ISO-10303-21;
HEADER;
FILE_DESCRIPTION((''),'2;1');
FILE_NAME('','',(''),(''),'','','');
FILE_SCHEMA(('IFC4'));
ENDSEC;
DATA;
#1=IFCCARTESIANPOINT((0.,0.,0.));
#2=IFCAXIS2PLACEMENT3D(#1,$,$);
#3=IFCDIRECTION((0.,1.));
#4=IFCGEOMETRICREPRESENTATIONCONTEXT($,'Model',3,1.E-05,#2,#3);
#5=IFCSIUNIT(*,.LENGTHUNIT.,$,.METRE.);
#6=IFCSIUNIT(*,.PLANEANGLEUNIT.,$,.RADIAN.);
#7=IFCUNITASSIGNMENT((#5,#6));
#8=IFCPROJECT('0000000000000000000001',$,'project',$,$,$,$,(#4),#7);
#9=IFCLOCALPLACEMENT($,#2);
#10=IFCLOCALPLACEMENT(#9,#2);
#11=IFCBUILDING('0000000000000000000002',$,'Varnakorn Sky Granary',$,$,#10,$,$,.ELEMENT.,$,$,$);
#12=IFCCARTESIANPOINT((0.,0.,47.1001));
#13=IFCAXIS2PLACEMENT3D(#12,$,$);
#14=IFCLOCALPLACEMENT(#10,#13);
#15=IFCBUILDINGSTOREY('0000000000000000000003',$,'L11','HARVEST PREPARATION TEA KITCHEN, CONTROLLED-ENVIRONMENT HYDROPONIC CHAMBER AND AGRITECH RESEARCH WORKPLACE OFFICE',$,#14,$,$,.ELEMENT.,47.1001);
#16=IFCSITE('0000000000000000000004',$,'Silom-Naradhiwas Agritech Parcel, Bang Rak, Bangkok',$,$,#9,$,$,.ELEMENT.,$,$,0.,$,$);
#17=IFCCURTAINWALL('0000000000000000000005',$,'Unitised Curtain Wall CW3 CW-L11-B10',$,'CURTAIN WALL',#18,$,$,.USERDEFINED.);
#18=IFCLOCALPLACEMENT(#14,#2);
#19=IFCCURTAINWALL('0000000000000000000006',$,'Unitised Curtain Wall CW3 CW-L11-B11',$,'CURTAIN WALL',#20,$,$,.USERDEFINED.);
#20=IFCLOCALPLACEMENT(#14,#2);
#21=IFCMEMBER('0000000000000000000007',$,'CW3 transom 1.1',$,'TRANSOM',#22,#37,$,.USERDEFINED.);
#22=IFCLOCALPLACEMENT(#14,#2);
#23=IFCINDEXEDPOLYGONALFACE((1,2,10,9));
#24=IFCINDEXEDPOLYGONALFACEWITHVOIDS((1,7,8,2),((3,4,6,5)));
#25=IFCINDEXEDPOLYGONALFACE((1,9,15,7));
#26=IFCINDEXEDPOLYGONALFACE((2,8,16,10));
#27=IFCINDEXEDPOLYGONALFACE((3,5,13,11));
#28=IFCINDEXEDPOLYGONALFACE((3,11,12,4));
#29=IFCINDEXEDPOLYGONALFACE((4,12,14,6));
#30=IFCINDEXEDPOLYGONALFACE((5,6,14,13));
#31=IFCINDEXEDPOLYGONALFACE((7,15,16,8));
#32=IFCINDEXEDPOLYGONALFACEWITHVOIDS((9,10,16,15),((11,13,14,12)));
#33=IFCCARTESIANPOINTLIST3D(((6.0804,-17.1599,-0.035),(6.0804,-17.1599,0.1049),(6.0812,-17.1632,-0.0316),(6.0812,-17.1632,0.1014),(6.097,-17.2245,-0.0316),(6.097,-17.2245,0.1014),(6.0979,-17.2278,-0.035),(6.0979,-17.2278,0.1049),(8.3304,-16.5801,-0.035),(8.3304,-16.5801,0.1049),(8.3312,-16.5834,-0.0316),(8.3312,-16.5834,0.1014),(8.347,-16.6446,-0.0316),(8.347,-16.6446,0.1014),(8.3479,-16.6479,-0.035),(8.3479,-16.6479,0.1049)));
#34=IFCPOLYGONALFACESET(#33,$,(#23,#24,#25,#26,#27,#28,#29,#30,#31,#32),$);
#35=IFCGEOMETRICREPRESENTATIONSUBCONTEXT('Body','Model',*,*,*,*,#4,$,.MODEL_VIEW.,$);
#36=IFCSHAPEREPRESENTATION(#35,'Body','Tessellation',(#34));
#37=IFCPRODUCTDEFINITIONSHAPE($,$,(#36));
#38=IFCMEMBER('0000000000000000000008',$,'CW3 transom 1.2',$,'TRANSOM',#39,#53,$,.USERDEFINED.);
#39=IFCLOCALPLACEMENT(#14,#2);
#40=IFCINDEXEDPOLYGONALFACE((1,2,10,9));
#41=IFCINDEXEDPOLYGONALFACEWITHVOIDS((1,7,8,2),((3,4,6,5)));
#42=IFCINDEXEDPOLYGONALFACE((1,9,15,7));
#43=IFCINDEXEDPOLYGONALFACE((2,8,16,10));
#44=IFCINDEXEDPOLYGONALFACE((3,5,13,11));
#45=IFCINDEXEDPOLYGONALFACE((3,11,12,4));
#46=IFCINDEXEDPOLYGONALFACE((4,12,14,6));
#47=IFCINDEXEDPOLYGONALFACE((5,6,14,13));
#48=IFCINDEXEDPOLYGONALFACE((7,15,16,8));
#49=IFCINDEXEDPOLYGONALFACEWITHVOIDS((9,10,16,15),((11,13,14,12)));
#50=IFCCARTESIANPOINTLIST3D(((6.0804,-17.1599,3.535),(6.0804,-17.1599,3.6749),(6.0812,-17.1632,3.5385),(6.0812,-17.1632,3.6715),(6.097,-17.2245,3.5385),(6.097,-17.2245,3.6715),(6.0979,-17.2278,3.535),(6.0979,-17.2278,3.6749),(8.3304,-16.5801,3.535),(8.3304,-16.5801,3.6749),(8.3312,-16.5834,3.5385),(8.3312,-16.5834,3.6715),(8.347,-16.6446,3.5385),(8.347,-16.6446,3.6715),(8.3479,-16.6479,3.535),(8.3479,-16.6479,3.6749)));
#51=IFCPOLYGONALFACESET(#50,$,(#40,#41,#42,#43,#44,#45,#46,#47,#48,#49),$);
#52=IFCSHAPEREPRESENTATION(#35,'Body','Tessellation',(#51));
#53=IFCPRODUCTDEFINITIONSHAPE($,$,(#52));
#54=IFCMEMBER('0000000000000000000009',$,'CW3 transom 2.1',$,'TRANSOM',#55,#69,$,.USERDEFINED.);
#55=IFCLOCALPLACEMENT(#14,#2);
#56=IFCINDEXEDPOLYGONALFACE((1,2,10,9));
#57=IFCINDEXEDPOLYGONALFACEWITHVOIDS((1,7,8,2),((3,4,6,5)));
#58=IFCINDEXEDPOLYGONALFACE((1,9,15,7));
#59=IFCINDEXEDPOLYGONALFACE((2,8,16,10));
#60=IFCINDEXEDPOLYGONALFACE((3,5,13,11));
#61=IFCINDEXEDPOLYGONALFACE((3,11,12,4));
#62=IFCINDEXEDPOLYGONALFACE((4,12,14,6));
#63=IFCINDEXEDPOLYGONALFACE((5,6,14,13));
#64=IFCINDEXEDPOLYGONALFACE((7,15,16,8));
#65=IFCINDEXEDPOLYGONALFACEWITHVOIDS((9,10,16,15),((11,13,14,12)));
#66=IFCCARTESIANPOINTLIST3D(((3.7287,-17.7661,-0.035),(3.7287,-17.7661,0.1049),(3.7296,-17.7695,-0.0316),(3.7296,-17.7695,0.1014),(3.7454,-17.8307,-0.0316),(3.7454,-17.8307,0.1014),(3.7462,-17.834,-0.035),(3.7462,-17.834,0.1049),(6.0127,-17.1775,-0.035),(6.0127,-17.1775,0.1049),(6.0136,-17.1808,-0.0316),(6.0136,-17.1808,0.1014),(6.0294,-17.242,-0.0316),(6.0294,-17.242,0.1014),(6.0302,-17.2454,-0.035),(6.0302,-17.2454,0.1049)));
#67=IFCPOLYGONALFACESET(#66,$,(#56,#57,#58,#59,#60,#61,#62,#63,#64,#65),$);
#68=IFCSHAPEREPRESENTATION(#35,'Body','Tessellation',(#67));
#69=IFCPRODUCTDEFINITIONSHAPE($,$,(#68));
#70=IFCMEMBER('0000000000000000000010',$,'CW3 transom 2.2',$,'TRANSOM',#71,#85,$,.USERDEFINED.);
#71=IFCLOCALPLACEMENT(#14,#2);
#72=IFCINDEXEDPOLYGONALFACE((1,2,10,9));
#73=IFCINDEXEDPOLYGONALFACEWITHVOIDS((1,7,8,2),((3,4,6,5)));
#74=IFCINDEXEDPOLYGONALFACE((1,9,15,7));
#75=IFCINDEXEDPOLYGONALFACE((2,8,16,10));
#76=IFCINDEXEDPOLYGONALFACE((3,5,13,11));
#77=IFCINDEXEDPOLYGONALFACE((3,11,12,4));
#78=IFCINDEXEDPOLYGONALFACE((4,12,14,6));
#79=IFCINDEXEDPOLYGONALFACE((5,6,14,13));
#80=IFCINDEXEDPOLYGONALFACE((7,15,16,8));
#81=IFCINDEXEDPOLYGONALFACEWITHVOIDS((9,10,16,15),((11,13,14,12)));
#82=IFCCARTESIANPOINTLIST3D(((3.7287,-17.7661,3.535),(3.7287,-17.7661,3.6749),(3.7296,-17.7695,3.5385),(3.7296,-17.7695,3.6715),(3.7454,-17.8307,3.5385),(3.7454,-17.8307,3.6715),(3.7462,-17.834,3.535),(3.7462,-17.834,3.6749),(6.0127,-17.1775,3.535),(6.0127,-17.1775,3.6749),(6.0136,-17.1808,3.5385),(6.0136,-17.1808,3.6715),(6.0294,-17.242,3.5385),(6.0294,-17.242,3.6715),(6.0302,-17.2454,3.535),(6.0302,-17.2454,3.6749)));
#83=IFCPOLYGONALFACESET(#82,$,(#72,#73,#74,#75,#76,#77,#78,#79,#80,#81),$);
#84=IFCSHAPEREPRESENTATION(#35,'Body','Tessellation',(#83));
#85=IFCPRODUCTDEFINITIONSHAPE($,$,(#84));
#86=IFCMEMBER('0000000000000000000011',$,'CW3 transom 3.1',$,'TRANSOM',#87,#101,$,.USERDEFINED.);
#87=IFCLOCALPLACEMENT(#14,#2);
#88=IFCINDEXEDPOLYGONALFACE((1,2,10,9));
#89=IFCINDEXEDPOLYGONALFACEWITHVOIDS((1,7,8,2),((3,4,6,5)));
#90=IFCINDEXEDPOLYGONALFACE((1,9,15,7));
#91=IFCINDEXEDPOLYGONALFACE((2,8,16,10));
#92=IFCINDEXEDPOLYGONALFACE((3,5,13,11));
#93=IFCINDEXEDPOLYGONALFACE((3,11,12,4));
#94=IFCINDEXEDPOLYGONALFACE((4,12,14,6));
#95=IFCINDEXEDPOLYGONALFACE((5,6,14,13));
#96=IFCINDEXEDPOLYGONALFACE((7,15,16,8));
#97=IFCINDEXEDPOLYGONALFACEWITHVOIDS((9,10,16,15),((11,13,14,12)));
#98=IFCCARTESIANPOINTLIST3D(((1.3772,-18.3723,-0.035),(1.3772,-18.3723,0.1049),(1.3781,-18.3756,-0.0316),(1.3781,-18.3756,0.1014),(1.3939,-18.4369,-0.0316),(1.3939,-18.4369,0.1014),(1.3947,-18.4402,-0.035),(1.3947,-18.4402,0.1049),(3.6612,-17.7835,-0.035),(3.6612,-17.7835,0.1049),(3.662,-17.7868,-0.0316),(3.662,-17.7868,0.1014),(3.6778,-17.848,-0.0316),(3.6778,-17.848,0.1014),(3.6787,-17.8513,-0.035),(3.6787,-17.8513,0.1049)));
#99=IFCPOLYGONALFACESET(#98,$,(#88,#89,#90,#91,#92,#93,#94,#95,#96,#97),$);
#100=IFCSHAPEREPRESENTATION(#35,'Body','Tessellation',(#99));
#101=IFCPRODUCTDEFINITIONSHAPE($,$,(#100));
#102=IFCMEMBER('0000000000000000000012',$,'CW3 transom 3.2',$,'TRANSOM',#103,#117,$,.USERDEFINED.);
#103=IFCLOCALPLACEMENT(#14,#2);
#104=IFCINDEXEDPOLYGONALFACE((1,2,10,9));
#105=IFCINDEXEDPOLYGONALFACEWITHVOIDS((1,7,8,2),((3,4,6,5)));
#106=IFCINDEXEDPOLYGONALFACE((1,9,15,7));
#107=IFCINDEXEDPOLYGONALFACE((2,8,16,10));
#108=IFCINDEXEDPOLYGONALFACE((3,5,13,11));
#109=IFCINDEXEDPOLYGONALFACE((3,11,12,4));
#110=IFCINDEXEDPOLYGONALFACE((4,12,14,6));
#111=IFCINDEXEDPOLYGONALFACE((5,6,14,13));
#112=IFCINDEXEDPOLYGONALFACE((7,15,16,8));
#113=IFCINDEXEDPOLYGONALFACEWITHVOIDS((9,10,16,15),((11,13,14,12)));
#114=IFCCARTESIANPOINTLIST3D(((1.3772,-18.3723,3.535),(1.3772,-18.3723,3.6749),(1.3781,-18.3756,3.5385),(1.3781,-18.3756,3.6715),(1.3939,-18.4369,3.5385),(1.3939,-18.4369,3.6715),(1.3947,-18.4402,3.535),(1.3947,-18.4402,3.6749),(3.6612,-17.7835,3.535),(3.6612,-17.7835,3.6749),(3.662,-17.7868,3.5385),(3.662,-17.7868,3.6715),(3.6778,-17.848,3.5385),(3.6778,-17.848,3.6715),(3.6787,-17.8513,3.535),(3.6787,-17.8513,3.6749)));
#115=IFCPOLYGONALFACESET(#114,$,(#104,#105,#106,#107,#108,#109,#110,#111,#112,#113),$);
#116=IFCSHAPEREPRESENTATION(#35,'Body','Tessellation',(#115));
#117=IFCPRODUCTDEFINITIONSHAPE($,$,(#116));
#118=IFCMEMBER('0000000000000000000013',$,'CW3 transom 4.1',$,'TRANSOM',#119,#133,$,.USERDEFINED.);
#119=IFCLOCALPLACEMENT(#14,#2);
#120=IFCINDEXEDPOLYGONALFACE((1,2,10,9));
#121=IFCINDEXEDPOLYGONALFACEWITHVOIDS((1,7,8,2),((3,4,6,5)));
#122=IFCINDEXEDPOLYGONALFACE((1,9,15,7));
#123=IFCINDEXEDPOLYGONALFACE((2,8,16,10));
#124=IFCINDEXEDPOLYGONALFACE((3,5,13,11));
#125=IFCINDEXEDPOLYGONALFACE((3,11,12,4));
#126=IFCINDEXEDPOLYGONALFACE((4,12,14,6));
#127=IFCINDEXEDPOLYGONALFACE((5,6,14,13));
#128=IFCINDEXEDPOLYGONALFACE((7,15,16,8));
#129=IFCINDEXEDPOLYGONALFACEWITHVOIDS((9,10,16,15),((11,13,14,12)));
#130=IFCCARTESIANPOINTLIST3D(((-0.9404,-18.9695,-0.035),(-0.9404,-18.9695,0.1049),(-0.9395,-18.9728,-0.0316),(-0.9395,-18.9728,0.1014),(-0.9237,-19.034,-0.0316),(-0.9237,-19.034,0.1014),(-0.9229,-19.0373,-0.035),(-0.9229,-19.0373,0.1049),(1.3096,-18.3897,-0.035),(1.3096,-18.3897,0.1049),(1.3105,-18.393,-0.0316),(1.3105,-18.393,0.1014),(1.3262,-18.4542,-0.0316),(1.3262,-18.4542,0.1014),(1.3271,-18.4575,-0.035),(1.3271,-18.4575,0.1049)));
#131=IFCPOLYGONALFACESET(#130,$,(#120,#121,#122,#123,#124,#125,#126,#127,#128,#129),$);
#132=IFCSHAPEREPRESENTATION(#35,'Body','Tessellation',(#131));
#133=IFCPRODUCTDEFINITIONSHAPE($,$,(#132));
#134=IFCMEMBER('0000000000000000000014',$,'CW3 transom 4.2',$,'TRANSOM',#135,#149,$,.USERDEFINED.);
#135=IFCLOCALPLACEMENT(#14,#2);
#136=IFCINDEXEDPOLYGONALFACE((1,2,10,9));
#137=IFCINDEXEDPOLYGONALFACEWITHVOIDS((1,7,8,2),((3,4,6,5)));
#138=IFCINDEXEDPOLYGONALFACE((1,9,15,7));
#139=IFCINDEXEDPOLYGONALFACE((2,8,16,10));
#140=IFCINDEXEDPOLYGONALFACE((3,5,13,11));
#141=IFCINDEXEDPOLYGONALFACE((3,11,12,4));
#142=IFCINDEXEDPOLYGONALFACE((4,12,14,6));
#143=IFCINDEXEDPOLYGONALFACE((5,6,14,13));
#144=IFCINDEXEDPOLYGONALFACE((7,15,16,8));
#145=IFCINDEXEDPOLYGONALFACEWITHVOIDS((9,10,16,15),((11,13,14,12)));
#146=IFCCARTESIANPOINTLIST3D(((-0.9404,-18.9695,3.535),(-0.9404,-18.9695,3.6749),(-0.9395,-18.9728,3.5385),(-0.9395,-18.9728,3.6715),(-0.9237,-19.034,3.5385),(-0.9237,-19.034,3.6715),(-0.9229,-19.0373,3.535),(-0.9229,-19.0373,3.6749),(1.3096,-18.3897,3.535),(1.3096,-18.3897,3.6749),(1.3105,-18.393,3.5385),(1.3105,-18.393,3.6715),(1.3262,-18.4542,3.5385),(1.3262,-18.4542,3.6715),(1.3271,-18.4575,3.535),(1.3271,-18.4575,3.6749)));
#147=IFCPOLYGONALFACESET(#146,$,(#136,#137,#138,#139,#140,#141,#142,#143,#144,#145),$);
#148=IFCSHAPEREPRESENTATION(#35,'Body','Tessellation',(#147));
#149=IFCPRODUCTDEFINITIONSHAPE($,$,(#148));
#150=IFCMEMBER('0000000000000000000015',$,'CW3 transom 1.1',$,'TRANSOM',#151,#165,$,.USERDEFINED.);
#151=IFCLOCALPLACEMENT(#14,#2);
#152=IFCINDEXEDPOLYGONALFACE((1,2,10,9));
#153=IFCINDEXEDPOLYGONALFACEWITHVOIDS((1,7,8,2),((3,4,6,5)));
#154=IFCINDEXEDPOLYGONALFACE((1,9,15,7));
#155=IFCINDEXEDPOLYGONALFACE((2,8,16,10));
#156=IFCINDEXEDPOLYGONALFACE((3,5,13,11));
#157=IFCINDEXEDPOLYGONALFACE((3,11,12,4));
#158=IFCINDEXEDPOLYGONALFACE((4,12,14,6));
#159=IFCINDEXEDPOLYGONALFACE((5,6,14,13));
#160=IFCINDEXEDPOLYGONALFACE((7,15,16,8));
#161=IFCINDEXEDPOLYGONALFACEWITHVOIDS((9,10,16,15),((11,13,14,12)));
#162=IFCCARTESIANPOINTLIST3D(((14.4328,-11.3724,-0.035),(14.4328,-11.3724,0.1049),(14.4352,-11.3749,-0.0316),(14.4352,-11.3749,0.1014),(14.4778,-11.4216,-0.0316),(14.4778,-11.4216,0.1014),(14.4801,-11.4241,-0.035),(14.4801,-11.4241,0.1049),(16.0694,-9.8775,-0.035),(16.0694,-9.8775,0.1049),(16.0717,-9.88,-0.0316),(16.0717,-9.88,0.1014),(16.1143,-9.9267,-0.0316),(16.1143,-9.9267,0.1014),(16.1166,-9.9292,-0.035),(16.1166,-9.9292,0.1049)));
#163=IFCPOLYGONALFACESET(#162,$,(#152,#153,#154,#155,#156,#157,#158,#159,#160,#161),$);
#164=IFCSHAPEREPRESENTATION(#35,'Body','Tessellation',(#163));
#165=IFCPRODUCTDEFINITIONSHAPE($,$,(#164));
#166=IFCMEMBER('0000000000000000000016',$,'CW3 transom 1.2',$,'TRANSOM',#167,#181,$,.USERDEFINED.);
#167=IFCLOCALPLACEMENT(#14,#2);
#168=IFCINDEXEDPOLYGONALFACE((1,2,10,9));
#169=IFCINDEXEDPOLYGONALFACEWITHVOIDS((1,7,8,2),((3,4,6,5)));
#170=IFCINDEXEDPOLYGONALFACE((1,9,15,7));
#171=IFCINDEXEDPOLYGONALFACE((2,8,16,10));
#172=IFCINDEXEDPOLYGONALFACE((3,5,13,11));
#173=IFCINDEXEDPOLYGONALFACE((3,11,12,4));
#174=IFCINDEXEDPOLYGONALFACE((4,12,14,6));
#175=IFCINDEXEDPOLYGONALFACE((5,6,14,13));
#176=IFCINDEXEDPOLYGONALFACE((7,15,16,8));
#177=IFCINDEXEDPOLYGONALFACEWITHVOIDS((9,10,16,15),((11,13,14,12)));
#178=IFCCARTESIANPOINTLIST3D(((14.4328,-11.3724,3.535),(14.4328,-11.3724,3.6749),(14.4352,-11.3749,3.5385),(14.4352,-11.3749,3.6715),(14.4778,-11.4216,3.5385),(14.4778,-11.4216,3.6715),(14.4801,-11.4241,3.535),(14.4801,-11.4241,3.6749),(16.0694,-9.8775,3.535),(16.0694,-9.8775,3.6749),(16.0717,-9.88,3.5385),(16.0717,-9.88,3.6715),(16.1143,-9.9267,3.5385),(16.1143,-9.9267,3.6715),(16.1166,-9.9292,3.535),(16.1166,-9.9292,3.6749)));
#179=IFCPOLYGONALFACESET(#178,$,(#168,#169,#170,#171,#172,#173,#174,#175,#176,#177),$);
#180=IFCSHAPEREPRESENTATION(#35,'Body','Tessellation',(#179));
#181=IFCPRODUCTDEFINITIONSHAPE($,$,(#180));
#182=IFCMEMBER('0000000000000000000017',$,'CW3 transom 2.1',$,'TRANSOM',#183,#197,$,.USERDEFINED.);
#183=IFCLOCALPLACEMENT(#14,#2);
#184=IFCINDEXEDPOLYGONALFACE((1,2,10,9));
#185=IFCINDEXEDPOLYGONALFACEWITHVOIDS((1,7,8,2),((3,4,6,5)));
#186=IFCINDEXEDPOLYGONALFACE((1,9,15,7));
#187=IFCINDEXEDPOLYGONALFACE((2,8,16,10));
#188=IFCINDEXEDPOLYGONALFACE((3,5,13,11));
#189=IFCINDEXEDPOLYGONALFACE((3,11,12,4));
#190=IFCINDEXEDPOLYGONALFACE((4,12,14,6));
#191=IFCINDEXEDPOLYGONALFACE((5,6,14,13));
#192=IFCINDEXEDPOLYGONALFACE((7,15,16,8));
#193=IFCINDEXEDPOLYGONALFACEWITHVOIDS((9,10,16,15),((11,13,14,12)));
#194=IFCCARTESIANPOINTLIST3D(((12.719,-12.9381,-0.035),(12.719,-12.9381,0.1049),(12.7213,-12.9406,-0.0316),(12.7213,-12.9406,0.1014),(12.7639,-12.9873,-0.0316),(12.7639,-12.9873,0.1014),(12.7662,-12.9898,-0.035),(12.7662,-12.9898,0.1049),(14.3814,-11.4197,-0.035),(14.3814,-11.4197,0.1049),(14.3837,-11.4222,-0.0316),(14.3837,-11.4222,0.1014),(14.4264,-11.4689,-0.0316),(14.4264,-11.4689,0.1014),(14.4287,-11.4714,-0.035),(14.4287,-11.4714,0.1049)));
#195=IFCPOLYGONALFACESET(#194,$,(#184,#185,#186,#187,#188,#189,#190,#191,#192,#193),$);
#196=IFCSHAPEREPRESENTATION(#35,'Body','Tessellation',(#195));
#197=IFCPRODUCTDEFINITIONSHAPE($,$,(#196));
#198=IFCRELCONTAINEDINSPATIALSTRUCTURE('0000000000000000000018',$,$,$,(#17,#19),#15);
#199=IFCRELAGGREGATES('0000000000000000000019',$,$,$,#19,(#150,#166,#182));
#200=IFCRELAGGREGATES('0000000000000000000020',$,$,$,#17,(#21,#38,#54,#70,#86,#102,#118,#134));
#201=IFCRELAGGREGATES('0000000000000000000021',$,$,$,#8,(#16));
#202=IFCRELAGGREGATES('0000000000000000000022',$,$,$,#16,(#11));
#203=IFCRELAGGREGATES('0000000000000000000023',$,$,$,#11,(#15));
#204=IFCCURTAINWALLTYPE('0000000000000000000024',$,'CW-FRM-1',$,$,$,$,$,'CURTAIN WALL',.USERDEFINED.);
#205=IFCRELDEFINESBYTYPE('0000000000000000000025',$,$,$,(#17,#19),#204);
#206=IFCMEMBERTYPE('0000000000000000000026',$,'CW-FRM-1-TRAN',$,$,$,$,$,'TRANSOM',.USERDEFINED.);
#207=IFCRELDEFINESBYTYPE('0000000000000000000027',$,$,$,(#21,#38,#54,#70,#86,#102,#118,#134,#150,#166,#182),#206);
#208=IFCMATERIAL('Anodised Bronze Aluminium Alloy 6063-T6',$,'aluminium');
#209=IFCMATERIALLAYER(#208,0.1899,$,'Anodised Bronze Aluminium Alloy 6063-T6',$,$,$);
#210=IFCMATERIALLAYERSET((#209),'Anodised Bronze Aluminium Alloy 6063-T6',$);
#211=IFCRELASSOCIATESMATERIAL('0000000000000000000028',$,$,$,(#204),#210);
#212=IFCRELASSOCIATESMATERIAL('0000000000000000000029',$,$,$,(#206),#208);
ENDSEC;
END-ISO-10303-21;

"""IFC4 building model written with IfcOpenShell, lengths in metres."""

from ifc_helpers import new_model, si_unit, direction, frame, origin, origin_2d, place, context, subcontext, project, spatial, hollow_rectangle, extrude, material, layer, layer_set, material_profile, profile_set, type_object, element, aggregate, save


model = new_model("IFC4")

# Units and contexts
model_context = context("Model", 3, precision=1e-05, world=origin(), true_north=direction((0.0, 1.0)))
body_context = subcontext(model_context, "Body", "Model", "MODEL_VIEW")
ifc_project = project(units=[si_unit("LENGTHUNIT", "METRE"), si_unit("PLANEANGLEUNIT", "RADIAN")], contexts=[model_context])

# Site, building, storey
site_placement = place(None, origin())
site = spatial("IfcSite", under=ifc_project, at=site_placement, Name="Silom-Naradhiwas Agritech Parcel, Bang Rak, Bangkok", CompositionType="ELEMENT", RefElevation=0.0)
building_placement = place(site_placement, origin())
building = spatial("IfcBuilding", under=site, at=building_placement, Name="Varnakorn Sky Granary", CompositionType="ELEMENT")
storey_placement = place(building_placement, frame((0.0, 0.0, 47.1001)))
storey = spatial("IfcBuildingStorey", under=building, at=storey_placement, Name="L11", Description="HARVEST PREPARATION TEA KITCHEN, CONTROLLED-ENVIRONMENT HYDROPONIC CHAMBER AND AGRITECH RESEARCH WORKPLACE OFFICE", CompositionType="ELEMENT", Elevation=47.1001)

# Curtain walls
ifc_material_1 = material(Name="Anodised Bronze Aluminium Alloy 6063-T6", Category="aluminium")
ifc_layer_1 = layer(ifc_material_1, 0.1899, Name="Anodised Bronze Aluminium Alloy 6063-T6")
ifc_layer_set_1 = layer_set([ifc_layer_1], Name="Anodised Bronze Aluminium Alloy 6063-T6")
curtain_wall_type = type_object("IfcCurtainWallType", Name="CW-FRM-1", ElementType="CURTAIN WALL", PredefinedType="USERDEFINED", material=ifc_layer_set_1)
curtain_wall_1_placement = place(storey_placement, origin())
curtain_wall_1 = element("IfcCurtainWall", 1, at=curtain_wall_1_placement, inside=storey, type_object=curtain_wall_type, Name="Unitised Curtain Wall CW3 CW-L11-B10", ObjectType="CURTAIN WALL", PredefinedType="USERDEFINED")
curtain_wall_2_placement = place(storey_placement, origin())
curtain_wall_2 = element("IfcCurtainWall", 2, at=curtain_wall_2_placement, inside=storey, type_object=curtain_wall_type, Name="Unitised Curtain Wall CW3 CW-L11-B11", ObjectType="CURTAIN WALL", PredefinedType="USERDEFINED")

# Members
ifc_material_profile_1 = material_profile(ifc_material_1, hollow_rectangle(XDim=0.0701, YDim=0.1399, WallThickness=0.0034, at=origin_2d()), Name="ALU TRAN 70x140")
ifc_profile_set_1 = profile_set([ifc_material_profile_1], Name="Anodised Bronze Aluminium Alloy 6063-T6")
member_type_1 = type_object("IfcMemberType", Name="CW-FRM-1-TRAN", ElementType="TRANSOM", PredefinedType="USERDEFINED", material=ifc_profile_set_1)
member_1_placement = place(storey_placement, frame((8.3391, -16.614, 0.0349), z_axis=(-0.968362, -0.249551, 0.0), x_axis=(0.249551, -0.968362, 0.0)))
member_1 = element("IfcMember", 3, at=member_1_placement, type_object=member_type_1, Name="CW3 transom 1.1", ObjectType="TRANSOM", PredefinedType="USERDEFINED", context=body_context, shape_type="SweptSolid", body=[
    extrude(hollow_rectangle(XDim=0.0701, YDim=0.1399, WallThickness=0.0034, at=origin_2d()), origin(), (0.0, 0.0, 1.0), 2.3235),
])
member_2_placement = place(storey_placement, frame((8.3391, -16.614, 3.605), z_axis=(-0.968362, -0.249551, 0.0), x_axis=(0.249551, -0.968362, 0.0)))
member_2 = element("IfcMember", 4, at=member_2_placement, type_object=member_type_1, Name="CW3 transom 1.2", ObjectType="TRANSOM", PredefinedType="USERDEFINED", context=body_context, shape_type="SweptSolid", body=[
    extrude(hollow_rectangle(XDim=0.0701, YDim=0.1399, WallThickness=0.0034, at=origin_2d()), origin(), (0.0, 0.0, 1.0), 2.3235),
])
member_3_placement = place(storey_placement, frame((6.0215, -17.2114, 0.0349), z_axis=(-0.968357, -0.249568, 0.0), x_axis=(0.249568, -0.968357, 0.0)))
member_3 = element("IfcMember", 5, at=member_3_placement, type_object=member_type_1, Name="CW3 transom 2.1", ObjectType="TRANSOM", PredefinedType="USERDEFINED", context=body_context, shape_type="SweptSolid", body=[
    extrude(hollow_rectangle(XDim=0.0701, YDim=0.1399, WallThickness=0.0034, at=origin_2d()), origin(), (0.0, 0.0, 1.0), 2.3586),
])
member_4_placement = place(storey_placement, frame((6.0215, -17.2114, 3.605), z_axis=(-0.968357, -0.249568, 0.0), x_axis=(0.249568, -0.968357, 0.0)))
member_4 = element("IfcMember", 6, at=member_4_placement, type_object=member_type_1, Name="CW3 transom 2.2", ObjectType="TRANSOM", PredefinedType="USERDEFINED", context=body_context, shape_type="SweptSolid", body=[
    extrude(hollow_rectangle(XDim=0.0701, YDim=0.1399, WallThickness=0.0034, at=origin_2d()), origin(), (0.0, 0.0, 1.0), 2.3586),
])
member_5_placement = place(storey_placement, frame((3.6699, -17.8174, 0.0349), z_axis=(-0.968332, -0.249665, 0.0), x_axis=(0.249665, -0.968332, 0.0)))
member_5 = element("IfcMember", 7, at=member_5_placement, type_object=member_type_1, Name="CW3 transom 3.1", ObjectType="TRANSOM", PredefinedType="USERDEFINED", context=body_context, shape_type="SweptSolid", body=[
    extrude(hollow_rectangle(XDim=0.0701, YDim=0.1399, WallThickness=0.0034, at=origin_2d()), origin(), (0.0, 0.0, 1.0), 2.3586),
])
member_6_placement = place(storey_placement, frame((3.6699, -17.8174, 3.605), z_axis=(-0.968332, -0.249665, 0.0), x_axis=(0.249665, -0.968332, 0.0)))
member_6 = element("IfcMember", 8, at=member_6_placement, type_object=member_type_1, Name="CW3 transom 3.2", ObjectType="TRANSOM", PredefinedType="USERDEFINED", context=body_context, shape_type="SweptSolid", body=[
    extrude(hollow_rectangle(XDim=0.0701, YDim=0.1399, WallThickness=0.0034, at=origin_2d()), origin(), (0.0, 0.0, 1.0), 2.3586),
])
member_7_placement = place(storey_placement, frame((1.3184, -18.4236, 0.0349), z_axis=(-0.968362, -0.249551, 0.0), x_axis=(0.249551, -0.968362, 0.0)))
member_7 = element("IfcMember", 9, at=member_7_placement, type_object=member_type_1, Name="CW3 transom 4.1", ObjectType="TRANSOM", PredefinedType="USERDEFINED", context=body_context, shape_type="SweptSolid", body=[
    extrude(hollow_rectangle(XDim=0.0701, YDim=0.1399, WallThickness=0.0034, at=origin_2d()), origin(), (0.0, 0.0, 1.0), 2.3235),
])
member_8_placement = place(storey_placement, frame((1.3184, -18.4236, 3.605), z_axis=(-0.968362, -0.249551, 0.0), x_axis=(0.249551, -0.968362, 0.0)))
member_8 = element("IfcMember", 10, at=member_8_placement, type_object=member_type_1, Name="CW3 transom 4.2", ObjectType="TRANSOM", PredefinedType="USERDEFINED", context=body_context, shape_type="SweptSolid", body=[
    extrude(hollow_rectangle(XDim=0.0701, YDim=0.1399, WallThickness=0.0034, at=origin_2d()), origin(), (0.0, 0.0, 1.0), 2.3235),
])
member_9_placement = place(storey_placement, frame((16.093, -9.9033, 0.0349), z_axis=(-0.738328, -0.674442, 0.0), x_axis=(0.674442, -0.738328, 0.0)))
member_9 = element("IfcMember", 11, at=member_9_placement, type_object=member_type_1, Name="CW3 transom 1.1", ObjectType="TRANSOM", PredefinedType="USERDEFINED", context=body_context, shape_type="SweptSolid", body=[
    extrude(hollow_rectangle(XDim=0.0701, YDim=0.1399, WallThickness=0.0034, at=origin_2d()), origin(), (0.0, 0.0, 1.0), 2.2166),
])
member_10_placement = place(storey_placement, frame((16.093, -9.9033, 3.605), z_axis=(-0.738328, -0.674442, 0.0), x_axis=(0.674442, -0.738328, 0.0)))
member_10 = element("IfcMember", 12, at=member_10_placement, type_object=member_type_1, Name="CW3 transom 1.2", ObjectType="TRANSOM", PredefinedType="USERDEFINED", context=body_context, shape_type="SweptSolid", body=[
    extrude(hollow_rectangle(XDim=0.0701, YDim=0.1399, WallThickness=0.0034, at=origin_2d()), origin(), (0.0, 0.0, 1.0), 2.2166),
])
member_11_placement = place(storey_placement, frame((14.405, -11.4456, 0.0349), z_axis=(-0.738373, -0.674393, 0.0), x_axis=(0.674393, -0.738373, 0.0)))
member_11 = element("IfcMember", 13, at=member_11_placement, type_object=member_type_1, Name="CW3 transom 2.1", ObjectType="TRANSOM", PredefinedType="USERDEFINED", context=body_context, shape_type="SweptSolid", body=[
    extrude(hollow_rectangle(XDim=0.0701, YDim=0.1399, WallThickness=0.0034, at=origin_2d()), origin(), (0.0, 0.0, 1.0), 2.2515),
])

aggregate(curtain_wall_2, [member_9, member_10, member_11])
aggregate(curtain_wall_1, [member_1, member_2, member_3, member_4, member_5, member_6, member_7, member_8])

save(model, "model.ifc")
